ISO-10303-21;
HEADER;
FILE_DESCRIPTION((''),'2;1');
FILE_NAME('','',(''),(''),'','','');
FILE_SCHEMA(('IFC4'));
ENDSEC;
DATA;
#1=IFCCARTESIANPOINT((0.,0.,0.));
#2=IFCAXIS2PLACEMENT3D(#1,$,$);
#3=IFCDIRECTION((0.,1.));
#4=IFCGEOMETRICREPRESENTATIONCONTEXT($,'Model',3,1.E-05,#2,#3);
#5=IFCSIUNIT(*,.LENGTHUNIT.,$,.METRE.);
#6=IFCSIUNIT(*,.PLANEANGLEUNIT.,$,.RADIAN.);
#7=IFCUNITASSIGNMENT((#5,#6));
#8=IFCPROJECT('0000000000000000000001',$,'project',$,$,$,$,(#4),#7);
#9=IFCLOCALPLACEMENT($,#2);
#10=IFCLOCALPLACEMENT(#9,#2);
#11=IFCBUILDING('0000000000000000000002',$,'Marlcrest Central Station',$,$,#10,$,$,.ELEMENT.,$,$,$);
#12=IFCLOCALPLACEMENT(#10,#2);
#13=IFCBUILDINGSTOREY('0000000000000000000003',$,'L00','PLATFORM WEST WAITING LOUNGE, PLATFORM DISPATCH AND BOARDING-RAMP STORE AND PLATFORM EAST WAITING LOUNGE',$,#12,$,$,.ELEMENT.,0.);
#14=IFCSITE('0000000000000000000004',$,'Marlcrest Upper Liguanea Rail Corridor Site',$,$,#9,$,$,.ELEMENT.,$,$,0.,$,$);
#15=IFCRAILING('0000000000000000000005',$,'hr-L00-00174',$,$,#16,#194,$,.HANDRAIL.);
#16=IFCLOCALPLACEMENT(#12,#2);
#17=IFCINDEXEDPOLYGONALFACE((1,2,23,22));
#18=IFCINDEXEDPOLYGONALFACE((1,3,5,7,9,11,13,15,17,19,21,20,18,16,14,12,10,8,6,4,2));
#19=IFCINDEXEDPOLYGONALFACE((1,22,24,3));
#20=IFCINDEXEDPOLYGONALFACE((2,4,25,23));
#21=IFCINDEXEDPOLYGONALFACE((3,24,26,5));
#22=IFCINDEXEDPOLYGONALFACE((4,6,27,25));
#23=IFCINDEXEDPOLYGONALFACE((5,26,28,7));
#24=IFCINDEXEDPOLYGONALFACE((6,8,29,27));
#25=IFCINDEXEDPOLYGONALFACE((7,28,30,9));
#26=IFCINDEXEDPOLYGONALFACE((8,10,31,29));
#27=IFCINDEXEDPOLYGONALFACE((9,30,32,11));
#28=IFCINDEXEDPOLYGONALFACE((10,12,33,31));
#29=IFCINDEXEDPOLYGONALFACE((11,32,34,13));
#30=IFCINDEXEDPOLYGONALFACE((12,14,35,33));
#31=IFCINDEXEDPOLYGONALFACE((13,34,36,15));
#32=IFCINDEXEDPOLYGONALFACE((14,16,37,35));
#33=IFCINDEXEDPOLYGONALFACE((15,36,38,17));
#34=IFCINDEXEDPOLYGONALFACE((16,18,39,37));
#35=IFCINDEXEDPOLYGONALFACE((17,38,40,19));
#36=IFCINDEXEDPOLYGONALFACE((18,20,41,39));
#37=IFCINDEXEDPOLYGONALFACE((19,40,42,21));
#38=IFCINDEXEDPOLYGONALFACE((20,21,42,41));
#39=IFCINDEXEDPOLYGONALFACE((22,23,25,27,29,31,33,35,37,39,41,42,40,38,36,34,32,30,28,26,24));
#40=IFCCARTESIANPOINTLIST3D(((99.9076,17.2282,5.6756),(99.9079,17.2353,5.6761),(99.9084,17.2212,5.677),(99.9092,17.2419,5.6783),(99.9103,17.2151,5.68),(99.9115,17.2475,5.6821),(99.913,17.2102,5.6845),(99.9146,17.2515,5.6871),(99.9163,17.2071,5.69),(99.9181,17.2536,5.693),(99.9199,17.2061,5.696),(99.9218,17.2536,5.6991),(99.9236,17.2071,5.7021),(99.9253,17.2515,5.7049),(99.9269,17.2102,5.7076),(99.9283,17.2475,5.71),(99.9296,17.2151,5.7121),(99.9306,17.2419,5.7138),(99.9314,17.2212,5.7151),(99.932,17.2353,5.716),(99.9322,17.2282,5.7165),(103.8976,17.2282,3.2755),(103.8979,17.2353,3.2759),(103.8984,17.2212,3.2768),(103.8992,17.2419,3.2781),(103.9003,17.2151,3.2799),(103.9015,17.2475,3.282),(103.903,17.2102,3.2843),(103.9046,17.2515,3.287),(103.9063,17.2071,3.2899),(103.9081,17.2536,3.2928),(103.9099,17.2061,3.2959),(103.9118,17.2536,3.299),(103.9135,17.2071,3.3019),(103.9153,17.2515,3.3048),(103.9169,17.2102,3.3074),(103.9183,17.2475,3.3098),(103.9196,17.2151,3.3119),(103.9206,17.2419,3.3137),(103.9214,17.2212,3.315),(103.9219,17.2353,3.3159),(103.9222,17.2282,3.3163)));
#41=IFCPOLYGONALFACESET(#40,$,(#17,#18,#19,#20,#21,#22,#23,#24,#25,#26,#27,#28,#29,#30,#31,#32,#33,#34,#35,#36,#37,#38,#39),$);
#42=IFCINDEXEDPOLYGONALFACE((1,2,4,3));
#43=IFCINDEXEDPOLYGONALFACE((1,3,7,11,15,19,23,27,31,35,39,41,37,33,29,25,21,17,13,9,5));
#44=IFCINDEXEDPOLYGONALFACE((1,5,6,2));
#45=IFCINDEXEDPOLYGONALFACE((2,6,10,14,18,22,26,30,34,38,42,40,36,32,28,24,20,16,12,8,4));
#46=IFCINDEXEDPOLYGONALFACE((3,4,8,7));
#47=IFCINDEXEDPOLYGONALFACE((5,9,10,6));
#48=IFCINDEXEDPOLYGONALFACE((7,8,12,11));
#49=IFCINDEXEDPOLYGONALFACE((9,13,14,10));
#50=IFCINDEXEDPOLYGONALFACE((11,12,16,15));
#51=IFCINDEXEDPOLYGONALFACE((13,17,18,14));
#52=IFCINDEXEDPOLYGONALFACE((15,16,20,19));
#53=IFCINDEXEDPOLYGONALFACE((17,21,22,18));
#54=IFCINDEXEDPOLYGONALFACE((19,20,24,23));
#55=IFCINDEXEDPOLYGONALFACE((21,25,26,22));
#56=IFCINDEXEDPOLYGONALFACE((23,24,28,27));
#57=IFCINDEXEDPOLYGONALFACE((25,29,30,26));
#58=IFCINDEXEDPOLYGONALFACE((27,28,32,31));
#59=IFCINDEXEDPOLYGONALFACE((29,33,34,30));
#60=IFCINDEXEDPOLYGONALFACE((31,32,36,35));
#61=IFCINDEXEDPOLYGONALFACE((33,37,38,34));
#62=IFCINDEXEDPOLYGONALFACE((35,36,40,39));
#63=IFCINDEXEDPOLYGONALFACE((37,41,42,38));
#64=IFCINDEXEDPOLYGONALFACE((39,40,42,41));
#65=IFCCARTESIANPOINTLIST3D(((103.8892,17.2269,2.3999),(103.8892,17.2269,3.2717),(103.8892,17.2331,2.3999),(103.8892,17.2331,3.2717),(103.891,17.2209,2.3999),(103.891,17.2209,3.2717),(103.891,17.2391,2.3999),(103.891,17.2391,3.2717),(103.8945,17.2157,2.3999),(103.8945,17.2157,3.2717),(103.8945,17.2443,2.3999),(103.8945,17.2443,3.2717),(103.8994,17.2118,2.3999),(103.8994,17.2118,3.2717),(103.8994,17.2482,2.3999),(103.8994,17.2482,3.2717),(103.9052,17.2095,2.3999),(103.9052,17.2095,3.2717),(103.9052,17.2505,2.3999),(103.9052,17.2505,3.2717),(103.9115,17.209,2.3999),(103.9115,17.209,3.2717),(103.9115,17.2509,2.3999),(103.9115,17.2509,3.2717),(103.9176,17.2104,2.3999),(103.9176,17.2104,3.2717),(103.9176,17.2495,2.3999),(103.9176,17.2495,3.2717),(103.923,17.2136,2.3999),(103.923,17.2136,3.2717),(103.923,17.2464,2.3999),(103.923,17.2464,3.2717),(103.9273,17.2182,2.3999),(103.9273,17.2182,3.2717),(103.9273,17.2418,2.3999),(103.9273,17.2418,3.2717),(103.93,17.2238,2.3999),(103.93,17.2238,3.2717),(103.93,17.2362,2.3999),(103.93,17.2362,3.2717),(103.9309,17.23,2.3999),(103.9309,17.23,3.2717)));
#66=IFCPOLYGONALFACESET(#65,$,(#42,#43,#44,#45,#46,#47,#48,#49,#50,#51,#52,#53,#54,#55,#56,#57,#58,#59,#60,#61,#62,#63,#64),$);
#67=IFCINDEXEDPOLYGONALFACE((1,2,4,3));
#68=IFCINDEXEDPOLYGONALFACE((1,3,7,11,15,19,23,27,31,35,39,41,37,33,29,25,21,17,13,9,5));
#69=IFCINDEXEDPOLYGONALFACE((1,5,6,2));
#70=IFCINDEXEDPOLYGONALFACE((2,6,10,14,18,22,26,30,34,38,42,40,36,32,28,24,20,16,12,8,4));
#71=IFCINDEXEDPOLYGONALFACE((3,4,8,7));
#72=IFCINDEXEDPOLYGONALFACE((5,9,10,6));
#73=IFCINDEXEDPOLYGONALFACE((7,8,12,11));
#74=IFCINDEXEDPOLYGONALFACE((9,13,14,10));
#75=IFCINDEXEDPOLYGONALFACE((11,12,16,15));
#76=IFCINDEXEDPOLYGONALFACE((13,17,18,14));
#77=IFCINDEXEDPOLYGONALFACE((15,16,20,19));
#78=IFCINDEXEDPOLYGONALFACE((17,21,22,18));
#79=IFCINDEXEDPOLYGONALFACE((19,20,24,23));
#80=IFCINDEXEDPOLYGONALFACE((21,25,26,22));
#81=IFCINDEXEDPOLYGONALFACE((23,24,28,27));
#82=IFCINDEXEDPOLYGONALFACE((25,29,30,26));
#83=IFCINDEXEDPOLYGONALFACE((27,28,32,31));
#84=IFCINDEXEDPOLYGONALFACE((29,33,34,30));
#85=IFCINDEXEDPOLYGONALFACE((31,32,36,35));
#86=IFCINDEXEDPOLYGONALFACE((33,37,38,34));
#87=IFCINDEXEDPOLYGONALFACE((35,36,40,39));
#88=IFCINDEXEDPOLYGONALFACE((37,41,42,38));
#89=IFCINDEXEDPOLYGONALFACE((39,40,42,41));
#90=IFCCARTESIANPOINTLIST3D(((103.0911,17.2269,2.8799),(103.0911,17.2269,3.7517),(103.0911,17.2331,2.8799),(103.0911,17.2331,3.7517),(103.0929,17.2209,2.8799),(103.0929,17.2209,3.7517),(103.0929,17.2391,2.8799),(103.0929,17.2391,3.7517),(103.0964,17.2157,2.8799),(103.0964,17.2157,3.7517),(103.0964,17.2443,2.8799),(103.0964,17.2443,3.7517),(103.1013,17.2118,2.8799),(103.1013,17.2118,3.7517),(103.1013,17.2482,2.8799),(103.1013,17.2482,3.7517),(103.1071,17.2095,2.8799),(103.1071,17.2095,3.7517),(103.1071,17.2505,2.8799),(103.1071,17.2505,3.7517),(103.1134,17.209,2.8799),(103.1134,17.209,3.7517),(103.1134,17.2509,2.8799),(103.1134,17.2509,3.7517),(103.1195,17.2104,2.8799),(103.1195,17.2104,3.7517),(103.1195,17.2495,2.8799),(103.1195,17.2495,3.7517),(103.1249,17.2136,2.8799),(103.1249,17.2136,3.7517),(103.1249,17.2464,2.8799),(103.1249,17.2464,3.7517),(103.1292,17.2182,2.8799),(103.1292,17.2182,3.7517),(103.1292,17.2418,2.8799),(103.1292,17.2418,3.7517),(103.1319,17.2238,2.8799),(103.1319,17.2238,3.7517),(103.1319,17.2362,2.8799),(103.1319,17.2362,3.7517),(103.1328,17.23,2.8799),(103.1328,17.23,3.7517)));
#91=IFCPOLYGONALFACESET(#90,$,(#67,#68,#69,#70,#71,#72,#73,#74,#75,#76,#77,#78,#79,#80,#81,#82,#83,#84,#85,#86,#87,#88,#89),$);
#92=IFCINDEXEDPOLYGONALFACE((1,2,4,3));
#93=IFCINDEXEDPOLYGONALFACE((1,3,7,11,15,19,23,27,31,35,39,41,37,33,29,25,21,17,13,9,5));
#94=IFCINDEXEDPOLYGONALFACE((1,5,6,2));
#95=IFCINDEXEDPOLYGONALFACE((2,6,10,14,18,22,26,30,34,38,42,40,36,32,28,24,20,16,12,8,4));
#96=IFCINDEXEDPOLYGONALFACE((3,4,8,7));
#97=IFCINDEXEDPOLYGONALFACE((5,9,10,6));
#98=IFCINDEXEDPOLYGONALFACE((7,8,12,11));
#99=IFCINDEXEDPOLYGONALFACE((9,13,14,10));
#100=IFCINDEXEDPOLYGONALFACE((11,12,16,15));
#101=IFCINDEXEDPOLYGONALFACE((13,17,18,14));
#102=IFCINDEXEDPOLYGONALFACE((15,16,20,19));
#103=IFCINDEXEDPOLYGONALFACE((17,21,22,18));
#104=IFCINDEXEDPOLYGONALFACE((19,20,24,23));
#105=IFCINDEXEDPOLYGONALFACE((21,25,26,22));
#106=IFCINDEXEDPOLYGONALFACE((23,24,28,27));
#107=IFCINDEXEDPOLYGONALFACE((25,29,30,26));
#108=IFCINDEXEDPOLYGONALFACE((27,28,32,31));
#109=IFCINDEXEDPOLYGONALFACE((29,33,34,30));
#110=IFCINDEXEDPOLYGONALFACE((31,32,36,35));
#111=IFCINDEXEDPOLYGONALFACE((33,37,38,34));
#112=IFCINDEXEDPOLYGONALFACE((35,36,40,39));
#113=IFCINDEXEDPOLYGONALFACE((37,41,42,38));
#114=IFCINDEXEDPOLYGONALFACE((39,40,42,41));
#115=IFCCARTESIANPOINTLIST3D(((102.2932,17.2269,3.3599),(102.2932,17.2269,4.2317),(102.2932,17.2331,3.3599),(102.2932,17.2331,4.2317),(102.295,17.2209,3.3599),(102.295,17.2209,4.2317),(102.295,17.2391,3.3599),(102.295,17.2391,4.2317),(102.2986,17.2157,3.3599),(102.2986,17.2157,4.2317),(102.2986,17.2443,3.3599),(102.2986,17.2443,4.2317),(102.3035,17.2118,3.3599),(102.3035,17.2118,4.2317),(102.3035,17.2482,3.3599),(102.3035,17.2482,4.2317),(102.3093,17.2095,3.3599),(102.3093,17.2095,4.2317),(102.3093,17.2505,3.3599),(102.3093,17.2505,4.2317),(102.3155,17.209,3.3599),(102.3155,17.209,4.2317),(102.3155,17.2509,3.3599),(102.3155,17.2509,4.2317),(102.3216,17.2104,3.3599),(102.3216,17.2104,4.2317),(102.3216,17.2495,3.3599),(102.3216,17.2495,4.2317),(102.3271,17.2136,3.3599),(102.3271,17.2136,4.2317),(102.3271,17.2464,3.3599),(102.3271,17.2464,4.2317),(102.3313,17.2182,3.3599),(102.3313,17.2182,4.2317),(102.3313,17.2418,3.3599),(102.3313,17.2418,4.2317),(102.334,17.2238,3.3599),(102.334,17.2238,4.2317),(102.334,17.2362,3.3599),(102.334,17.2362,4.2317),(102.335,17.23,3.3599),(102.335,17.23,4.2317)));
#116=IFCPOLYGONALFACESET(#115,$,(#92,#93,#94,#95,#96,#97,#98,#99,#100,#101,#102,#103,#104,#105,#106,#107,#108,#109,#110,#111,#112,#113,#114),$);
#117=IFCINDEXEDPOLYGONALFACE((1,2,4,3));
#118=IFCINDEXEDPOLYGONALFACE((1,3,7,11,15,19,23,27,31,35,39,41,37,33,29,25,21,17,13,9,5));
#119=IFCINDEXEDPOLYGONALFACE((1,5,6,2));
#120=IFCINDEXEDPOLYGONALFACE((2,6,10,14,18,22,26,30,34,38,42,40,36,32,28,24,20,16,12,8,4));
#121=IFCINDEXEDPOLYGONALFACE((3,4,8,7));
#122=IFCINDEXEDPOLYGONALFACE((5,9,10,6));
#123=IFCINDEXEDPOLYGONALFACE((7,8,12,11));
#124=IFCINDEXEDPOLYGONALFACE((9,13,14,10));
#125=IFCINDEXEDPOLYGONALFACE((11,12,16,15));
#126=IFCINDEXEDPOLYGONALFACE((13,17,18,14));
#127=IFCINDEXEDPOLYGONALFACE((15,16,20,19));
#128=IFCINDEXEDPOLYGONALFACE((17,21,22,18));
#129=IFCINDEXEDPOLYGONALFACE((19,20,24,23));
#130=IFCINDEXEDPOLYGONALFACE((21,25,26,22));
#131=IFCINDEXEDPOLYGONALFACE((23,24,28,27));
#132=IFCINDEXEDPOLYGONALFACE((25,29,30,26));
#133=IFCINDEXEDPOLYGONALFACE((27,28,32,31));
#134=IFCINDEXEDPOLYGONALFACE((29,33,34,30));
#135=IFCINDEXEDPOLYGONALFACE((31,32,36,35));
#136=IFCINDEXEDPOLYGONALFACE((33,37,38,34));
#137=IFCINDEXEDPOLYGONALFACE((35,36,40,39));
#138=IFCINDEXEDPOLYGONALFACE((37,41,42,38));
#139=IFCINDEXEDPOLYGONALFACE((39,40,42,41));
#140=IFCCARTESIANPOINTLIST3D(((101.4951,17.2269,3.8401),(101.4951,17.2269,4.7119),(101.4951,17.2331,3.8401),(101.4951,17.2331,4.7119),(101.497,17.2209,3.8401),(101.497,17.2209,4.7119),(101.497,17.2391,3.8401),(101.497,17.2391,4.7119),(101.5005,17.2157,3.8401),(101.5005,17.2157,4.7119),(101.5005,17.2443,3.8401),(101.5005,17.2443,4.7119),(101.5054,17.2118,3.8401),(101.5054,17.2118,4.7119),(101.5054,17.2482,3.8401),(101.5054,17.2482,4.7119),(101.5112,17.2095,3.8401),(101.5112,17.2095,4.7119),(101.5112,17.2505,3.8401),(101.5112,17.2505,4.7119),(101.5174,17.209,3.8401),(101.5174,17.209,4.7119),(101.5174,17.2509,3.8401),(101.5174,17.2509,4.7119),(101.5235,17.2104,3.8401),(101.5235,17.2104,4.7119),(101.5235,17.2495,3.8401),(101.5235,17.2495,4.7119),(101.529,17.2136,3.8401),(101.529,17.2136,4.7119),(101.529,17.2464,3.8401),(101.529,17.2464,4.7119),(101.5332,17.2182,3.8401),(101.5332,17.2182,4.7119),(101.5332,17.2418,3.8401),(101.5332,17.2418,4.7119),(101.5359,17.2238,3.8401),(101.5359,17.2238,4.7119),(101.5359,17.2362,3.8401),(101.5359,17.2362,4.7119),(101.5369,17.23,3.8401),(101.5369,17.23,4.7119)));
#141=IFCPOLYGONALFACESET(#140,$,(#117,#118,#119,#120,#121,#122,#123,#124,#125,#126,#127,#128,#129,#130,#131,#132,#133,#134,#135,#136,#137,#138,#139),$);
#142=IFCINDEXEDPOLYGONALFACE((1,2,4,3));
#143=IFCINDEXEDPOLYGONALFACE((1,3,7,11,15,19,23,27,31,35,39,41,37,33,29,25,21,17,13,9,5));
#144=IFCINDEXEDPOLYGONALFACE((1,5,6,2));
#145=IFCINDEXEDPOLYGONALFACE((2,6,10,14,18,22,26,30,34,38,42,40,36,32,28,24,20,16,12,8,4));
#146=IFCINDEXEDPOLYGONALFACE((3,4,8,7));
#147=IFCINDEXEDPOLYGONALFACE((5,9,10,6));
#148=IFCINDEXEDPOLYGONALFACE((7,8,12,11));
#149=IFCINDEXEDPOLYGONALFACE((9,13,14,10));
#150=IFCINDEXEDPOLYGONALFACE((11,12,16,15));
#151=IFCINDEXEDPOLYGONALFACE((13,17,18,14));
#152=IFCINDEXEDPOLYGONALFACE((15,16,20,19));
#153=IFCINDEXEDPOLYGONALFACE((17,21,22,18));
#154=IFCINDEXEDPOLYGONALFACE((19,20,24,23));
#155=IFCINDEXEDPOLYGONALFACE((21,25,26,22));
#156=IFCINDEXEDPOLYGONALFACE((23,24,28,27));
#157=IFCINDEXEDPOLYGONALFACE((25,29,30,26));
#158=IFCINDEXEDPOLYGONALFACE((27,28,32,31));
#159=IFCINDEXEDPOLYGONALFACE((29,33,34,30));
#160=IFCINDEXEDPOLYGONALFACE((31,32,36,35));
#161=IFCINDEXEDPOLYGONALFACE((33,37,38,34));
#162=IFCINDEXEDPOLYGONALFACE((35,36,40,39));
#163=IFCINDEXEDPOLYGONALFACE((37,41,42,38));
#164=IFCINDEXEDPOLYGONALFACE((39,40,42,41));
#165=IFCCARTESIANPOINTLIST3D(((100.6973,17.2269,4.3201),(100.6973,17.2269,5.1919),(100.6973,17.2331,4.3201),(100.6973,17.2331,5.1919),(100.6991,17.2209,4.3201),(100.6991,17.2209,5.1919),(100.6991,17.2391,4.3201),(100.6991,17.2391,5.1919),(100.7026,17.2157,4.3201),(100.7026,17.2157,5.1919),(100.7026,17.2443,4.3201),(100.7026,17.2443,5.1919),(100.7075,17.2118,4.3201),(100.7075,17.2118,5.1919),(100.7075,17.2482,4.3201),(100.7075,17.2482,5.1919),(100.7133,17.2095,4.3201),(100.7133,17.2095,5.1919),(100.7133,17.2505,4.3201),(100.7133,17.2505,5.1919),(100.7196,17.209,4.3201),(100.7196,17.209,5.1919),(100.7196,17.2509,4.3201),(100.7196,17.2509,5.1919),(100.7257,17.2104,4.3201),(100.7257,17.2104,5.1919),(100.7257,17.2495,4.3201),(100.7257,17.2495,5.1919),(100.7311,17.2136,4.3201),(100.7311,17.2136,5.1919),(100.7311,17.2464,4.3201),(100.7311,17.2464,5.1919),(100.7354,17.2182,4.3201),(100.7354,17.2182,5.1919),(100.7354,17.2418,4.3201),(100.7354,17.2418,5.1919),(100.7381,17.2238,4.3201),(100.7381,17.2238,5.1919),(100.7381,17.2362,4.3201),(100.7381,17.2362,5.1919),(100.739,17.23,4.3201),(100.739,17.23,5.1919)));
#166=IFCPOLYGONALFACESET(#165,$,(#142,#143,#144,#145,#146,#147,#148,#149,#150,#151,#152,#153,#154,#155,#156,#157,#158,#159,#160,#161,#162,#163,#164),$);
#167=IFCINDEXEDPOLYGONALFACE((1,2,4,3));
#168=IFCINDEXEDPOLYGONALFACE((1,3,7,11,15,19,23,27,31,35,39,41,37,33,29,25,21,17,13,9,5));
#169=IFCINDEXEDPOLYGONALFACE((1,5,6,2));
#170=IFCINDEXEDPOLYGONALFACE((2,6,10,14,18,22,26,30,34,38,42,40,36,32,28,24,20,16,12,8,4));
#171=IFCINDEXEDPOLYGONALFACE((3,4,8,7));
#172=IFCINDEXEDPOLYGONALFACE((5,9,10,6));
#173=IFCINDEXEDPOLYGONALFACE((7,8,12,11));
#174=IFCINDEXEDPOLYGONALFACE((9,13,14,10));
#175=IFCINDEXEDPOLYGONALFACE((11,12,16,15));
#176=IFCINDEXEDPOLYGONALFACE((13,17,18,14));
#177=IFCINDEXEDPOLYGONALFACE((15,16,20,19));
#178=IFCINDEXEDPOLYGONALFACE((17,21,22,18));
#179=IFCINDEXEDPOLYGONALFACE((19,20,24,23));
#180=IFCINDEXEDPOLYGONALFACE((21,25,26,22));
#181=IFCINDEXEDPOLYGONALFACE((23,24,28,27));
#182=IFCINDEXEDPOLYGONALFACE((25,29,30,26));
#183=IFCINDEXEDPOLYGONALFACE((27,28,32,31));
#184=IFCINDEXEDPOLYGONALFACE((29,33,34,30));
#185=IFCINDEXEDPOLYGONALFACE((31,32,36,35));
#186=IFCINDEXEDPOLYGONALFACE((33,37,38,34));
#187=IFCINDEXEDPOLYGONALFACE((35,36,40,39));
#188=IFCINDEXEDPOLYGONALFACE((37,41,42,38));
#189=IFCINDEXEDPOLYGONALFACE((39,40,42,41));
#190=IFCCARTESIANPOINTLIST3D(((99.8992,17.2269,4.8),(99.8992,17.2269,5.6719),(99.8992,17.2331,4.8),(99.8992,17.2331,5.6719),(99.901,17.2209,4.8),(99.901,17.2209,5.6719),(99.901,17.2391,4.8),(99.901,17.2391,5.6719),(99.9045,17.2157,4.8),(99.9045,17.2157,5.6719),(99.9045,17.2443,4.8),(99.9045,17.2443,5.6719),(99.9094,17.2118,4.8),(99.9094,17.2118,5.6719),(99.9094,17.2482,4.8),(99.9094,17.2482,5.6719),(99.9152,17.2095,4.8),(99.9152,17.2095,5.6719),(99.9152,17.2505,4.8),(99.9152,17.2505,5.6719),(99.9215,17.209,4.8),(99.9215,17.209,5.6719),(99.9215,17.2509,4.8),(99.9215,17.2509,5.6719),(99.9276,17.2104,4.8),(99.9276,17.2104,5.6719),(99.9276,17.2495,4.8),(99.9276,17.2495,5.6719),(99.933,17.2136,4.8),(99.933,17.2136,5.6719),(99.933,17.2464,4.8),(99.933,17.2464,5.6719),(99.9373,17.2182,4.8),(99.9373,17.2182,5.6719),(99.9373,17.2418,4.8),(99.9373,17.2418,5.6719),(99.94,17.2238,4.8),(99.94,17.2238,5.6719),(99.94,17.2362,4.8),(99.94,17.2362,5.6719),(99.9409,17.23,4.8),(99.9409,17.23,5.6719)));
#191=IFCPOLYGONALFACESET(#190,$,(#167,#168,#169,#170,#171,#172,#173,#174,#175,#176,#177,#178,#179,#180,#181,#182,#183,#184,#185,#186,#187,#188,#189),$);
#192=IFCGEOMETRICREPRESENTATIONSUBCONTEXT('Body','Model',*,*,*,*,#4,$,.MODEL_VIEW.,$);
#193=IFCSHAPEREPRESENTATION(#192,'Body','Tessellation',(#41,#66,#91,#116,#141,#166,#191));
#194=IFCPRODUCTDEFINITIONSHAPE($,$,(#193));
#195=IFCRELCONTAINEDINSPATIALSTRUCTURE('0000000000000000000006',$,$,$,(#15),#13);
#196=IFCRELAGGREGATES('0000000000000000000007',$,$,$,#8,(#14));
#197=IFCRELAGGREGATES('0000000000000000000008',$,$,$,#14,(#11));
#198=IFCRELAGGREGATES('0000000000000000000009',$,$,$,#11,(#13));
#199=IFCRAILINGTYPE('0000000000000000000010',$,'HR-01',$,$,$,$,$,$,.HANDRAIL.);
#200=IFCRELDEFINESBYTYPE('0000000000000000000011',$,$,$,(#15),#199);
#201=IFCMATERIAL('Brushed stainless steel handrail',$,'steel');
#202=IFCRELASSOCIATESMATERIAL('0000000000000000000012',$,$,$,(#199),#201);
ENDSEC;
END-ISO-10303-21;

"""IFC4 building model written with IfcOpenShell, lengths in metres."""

from ifc_helpers import new_model, si_unit, direction, frame, origin, origin_2d, place, context, subcontext, project, spatial, circle, extrude, material, type_object, element, save


model = new_model("IFC4")

# Units and contexts
model_context = context("Model", 3, precision=1e-05, world=origin(), true_north=direction((0.0, 1.0)))
body_context = subcontext(model_context, "Body", "Model", "MODEL_VIEW")
ifc_project = project(units=[si_unit("LENGTHUNIT", "METRE"), si_unit("PLANEANGLEUNIT", "RADIAN")], contexts=[model_context])

# Site, building, storey
site_placement = place(None, origin())
site = spatial("IfcSite", under=ifc_project, at=site_placement, Name="Marlcrest Upper Liguanea Rail Corridor Site", CompositionType="ELEMENT", RefElevation=0.0)
building_placement = place(site_placement, origin())
building = spatial("IfcBuilding", under=site, at=building_placement, Name="Marlcrest Central Station", CompositionType="ELEMENT")
storey_placement = place(building_placement, origin())
storey = spatial("IfcBuildingStorey", under=building, at=storey_placement, Name="L00", Description="PLATFORM WEST WAITING LOUNGE, PLATFORM DISPATCH AND BOARDING-RAMP STORE AND PLATFORM EAST WAITING LOUNGE", CompositionType="ELEMENT", Elevation=0.0)

# Railing
ifc_material_1 = material(Name="Brushed stainless steel handrail", Category="steel")
railing_type = type_object("IfcRailingType", Name="HR-01", PredefinedType="HANDRAIL", material=ifc_material_1)
for number, where, name in (
    (1, (103.9099, 17.23, 2.3999), "hr-L00-00174"),
):
    element("IfcRailing", number, at=place(storey_placement, frame(where)), inside=storey, type_object=railing_type, Name=name, PredefinedType="HANDRAIL", context=body_context, shape_type="SweptSolid", body=[
        extrude(circle(Radius=0.0239, at=origin_2d()), frame((0.0, 0.0, 0.896), z_axis=(-0.856909, 0.0, 0.515467), x_axis=(0.0, -1.0, 0.0)), (0.0, 0.0, 1.0), 4.6562),
        extrude(circle(Radius=0.021, at=origin_2d()), origin(), (0.0, 0.0, 1.0), 0.8718),
        extrude(circle(Radius=0.021, at=origin_2d()), frame((-0.7981, 0.0, 0.48)), (0.0, 0.0, 1.0), 0.8718),
        extrude(circle(Radius=0.021, at=origin_2d()), frame((-1.5959, 0.0, 0.96)), (0.0, 0.0, 1.0), 0.8718),
        extrude(circle(Radius=0.021, at=origin_2d()), frame((-2.394, 0.0, 1.4402)), (0.0, 0.0, 1.0), 0.8718),
        extrude(circle(Radius=0.021, at=origin_2d()), frame((-3.1919, 0.0, 1.9202)), (0.0, 0.0, 1.0), 0.8718),
        extrude(circle(Radius=0.021, at=origin_2d()), frame((-3.99, 0.0, 2.4001)), (0.0, 0.0, 1.0), 0.8718),
    ])

save(model, "model.ifc")
